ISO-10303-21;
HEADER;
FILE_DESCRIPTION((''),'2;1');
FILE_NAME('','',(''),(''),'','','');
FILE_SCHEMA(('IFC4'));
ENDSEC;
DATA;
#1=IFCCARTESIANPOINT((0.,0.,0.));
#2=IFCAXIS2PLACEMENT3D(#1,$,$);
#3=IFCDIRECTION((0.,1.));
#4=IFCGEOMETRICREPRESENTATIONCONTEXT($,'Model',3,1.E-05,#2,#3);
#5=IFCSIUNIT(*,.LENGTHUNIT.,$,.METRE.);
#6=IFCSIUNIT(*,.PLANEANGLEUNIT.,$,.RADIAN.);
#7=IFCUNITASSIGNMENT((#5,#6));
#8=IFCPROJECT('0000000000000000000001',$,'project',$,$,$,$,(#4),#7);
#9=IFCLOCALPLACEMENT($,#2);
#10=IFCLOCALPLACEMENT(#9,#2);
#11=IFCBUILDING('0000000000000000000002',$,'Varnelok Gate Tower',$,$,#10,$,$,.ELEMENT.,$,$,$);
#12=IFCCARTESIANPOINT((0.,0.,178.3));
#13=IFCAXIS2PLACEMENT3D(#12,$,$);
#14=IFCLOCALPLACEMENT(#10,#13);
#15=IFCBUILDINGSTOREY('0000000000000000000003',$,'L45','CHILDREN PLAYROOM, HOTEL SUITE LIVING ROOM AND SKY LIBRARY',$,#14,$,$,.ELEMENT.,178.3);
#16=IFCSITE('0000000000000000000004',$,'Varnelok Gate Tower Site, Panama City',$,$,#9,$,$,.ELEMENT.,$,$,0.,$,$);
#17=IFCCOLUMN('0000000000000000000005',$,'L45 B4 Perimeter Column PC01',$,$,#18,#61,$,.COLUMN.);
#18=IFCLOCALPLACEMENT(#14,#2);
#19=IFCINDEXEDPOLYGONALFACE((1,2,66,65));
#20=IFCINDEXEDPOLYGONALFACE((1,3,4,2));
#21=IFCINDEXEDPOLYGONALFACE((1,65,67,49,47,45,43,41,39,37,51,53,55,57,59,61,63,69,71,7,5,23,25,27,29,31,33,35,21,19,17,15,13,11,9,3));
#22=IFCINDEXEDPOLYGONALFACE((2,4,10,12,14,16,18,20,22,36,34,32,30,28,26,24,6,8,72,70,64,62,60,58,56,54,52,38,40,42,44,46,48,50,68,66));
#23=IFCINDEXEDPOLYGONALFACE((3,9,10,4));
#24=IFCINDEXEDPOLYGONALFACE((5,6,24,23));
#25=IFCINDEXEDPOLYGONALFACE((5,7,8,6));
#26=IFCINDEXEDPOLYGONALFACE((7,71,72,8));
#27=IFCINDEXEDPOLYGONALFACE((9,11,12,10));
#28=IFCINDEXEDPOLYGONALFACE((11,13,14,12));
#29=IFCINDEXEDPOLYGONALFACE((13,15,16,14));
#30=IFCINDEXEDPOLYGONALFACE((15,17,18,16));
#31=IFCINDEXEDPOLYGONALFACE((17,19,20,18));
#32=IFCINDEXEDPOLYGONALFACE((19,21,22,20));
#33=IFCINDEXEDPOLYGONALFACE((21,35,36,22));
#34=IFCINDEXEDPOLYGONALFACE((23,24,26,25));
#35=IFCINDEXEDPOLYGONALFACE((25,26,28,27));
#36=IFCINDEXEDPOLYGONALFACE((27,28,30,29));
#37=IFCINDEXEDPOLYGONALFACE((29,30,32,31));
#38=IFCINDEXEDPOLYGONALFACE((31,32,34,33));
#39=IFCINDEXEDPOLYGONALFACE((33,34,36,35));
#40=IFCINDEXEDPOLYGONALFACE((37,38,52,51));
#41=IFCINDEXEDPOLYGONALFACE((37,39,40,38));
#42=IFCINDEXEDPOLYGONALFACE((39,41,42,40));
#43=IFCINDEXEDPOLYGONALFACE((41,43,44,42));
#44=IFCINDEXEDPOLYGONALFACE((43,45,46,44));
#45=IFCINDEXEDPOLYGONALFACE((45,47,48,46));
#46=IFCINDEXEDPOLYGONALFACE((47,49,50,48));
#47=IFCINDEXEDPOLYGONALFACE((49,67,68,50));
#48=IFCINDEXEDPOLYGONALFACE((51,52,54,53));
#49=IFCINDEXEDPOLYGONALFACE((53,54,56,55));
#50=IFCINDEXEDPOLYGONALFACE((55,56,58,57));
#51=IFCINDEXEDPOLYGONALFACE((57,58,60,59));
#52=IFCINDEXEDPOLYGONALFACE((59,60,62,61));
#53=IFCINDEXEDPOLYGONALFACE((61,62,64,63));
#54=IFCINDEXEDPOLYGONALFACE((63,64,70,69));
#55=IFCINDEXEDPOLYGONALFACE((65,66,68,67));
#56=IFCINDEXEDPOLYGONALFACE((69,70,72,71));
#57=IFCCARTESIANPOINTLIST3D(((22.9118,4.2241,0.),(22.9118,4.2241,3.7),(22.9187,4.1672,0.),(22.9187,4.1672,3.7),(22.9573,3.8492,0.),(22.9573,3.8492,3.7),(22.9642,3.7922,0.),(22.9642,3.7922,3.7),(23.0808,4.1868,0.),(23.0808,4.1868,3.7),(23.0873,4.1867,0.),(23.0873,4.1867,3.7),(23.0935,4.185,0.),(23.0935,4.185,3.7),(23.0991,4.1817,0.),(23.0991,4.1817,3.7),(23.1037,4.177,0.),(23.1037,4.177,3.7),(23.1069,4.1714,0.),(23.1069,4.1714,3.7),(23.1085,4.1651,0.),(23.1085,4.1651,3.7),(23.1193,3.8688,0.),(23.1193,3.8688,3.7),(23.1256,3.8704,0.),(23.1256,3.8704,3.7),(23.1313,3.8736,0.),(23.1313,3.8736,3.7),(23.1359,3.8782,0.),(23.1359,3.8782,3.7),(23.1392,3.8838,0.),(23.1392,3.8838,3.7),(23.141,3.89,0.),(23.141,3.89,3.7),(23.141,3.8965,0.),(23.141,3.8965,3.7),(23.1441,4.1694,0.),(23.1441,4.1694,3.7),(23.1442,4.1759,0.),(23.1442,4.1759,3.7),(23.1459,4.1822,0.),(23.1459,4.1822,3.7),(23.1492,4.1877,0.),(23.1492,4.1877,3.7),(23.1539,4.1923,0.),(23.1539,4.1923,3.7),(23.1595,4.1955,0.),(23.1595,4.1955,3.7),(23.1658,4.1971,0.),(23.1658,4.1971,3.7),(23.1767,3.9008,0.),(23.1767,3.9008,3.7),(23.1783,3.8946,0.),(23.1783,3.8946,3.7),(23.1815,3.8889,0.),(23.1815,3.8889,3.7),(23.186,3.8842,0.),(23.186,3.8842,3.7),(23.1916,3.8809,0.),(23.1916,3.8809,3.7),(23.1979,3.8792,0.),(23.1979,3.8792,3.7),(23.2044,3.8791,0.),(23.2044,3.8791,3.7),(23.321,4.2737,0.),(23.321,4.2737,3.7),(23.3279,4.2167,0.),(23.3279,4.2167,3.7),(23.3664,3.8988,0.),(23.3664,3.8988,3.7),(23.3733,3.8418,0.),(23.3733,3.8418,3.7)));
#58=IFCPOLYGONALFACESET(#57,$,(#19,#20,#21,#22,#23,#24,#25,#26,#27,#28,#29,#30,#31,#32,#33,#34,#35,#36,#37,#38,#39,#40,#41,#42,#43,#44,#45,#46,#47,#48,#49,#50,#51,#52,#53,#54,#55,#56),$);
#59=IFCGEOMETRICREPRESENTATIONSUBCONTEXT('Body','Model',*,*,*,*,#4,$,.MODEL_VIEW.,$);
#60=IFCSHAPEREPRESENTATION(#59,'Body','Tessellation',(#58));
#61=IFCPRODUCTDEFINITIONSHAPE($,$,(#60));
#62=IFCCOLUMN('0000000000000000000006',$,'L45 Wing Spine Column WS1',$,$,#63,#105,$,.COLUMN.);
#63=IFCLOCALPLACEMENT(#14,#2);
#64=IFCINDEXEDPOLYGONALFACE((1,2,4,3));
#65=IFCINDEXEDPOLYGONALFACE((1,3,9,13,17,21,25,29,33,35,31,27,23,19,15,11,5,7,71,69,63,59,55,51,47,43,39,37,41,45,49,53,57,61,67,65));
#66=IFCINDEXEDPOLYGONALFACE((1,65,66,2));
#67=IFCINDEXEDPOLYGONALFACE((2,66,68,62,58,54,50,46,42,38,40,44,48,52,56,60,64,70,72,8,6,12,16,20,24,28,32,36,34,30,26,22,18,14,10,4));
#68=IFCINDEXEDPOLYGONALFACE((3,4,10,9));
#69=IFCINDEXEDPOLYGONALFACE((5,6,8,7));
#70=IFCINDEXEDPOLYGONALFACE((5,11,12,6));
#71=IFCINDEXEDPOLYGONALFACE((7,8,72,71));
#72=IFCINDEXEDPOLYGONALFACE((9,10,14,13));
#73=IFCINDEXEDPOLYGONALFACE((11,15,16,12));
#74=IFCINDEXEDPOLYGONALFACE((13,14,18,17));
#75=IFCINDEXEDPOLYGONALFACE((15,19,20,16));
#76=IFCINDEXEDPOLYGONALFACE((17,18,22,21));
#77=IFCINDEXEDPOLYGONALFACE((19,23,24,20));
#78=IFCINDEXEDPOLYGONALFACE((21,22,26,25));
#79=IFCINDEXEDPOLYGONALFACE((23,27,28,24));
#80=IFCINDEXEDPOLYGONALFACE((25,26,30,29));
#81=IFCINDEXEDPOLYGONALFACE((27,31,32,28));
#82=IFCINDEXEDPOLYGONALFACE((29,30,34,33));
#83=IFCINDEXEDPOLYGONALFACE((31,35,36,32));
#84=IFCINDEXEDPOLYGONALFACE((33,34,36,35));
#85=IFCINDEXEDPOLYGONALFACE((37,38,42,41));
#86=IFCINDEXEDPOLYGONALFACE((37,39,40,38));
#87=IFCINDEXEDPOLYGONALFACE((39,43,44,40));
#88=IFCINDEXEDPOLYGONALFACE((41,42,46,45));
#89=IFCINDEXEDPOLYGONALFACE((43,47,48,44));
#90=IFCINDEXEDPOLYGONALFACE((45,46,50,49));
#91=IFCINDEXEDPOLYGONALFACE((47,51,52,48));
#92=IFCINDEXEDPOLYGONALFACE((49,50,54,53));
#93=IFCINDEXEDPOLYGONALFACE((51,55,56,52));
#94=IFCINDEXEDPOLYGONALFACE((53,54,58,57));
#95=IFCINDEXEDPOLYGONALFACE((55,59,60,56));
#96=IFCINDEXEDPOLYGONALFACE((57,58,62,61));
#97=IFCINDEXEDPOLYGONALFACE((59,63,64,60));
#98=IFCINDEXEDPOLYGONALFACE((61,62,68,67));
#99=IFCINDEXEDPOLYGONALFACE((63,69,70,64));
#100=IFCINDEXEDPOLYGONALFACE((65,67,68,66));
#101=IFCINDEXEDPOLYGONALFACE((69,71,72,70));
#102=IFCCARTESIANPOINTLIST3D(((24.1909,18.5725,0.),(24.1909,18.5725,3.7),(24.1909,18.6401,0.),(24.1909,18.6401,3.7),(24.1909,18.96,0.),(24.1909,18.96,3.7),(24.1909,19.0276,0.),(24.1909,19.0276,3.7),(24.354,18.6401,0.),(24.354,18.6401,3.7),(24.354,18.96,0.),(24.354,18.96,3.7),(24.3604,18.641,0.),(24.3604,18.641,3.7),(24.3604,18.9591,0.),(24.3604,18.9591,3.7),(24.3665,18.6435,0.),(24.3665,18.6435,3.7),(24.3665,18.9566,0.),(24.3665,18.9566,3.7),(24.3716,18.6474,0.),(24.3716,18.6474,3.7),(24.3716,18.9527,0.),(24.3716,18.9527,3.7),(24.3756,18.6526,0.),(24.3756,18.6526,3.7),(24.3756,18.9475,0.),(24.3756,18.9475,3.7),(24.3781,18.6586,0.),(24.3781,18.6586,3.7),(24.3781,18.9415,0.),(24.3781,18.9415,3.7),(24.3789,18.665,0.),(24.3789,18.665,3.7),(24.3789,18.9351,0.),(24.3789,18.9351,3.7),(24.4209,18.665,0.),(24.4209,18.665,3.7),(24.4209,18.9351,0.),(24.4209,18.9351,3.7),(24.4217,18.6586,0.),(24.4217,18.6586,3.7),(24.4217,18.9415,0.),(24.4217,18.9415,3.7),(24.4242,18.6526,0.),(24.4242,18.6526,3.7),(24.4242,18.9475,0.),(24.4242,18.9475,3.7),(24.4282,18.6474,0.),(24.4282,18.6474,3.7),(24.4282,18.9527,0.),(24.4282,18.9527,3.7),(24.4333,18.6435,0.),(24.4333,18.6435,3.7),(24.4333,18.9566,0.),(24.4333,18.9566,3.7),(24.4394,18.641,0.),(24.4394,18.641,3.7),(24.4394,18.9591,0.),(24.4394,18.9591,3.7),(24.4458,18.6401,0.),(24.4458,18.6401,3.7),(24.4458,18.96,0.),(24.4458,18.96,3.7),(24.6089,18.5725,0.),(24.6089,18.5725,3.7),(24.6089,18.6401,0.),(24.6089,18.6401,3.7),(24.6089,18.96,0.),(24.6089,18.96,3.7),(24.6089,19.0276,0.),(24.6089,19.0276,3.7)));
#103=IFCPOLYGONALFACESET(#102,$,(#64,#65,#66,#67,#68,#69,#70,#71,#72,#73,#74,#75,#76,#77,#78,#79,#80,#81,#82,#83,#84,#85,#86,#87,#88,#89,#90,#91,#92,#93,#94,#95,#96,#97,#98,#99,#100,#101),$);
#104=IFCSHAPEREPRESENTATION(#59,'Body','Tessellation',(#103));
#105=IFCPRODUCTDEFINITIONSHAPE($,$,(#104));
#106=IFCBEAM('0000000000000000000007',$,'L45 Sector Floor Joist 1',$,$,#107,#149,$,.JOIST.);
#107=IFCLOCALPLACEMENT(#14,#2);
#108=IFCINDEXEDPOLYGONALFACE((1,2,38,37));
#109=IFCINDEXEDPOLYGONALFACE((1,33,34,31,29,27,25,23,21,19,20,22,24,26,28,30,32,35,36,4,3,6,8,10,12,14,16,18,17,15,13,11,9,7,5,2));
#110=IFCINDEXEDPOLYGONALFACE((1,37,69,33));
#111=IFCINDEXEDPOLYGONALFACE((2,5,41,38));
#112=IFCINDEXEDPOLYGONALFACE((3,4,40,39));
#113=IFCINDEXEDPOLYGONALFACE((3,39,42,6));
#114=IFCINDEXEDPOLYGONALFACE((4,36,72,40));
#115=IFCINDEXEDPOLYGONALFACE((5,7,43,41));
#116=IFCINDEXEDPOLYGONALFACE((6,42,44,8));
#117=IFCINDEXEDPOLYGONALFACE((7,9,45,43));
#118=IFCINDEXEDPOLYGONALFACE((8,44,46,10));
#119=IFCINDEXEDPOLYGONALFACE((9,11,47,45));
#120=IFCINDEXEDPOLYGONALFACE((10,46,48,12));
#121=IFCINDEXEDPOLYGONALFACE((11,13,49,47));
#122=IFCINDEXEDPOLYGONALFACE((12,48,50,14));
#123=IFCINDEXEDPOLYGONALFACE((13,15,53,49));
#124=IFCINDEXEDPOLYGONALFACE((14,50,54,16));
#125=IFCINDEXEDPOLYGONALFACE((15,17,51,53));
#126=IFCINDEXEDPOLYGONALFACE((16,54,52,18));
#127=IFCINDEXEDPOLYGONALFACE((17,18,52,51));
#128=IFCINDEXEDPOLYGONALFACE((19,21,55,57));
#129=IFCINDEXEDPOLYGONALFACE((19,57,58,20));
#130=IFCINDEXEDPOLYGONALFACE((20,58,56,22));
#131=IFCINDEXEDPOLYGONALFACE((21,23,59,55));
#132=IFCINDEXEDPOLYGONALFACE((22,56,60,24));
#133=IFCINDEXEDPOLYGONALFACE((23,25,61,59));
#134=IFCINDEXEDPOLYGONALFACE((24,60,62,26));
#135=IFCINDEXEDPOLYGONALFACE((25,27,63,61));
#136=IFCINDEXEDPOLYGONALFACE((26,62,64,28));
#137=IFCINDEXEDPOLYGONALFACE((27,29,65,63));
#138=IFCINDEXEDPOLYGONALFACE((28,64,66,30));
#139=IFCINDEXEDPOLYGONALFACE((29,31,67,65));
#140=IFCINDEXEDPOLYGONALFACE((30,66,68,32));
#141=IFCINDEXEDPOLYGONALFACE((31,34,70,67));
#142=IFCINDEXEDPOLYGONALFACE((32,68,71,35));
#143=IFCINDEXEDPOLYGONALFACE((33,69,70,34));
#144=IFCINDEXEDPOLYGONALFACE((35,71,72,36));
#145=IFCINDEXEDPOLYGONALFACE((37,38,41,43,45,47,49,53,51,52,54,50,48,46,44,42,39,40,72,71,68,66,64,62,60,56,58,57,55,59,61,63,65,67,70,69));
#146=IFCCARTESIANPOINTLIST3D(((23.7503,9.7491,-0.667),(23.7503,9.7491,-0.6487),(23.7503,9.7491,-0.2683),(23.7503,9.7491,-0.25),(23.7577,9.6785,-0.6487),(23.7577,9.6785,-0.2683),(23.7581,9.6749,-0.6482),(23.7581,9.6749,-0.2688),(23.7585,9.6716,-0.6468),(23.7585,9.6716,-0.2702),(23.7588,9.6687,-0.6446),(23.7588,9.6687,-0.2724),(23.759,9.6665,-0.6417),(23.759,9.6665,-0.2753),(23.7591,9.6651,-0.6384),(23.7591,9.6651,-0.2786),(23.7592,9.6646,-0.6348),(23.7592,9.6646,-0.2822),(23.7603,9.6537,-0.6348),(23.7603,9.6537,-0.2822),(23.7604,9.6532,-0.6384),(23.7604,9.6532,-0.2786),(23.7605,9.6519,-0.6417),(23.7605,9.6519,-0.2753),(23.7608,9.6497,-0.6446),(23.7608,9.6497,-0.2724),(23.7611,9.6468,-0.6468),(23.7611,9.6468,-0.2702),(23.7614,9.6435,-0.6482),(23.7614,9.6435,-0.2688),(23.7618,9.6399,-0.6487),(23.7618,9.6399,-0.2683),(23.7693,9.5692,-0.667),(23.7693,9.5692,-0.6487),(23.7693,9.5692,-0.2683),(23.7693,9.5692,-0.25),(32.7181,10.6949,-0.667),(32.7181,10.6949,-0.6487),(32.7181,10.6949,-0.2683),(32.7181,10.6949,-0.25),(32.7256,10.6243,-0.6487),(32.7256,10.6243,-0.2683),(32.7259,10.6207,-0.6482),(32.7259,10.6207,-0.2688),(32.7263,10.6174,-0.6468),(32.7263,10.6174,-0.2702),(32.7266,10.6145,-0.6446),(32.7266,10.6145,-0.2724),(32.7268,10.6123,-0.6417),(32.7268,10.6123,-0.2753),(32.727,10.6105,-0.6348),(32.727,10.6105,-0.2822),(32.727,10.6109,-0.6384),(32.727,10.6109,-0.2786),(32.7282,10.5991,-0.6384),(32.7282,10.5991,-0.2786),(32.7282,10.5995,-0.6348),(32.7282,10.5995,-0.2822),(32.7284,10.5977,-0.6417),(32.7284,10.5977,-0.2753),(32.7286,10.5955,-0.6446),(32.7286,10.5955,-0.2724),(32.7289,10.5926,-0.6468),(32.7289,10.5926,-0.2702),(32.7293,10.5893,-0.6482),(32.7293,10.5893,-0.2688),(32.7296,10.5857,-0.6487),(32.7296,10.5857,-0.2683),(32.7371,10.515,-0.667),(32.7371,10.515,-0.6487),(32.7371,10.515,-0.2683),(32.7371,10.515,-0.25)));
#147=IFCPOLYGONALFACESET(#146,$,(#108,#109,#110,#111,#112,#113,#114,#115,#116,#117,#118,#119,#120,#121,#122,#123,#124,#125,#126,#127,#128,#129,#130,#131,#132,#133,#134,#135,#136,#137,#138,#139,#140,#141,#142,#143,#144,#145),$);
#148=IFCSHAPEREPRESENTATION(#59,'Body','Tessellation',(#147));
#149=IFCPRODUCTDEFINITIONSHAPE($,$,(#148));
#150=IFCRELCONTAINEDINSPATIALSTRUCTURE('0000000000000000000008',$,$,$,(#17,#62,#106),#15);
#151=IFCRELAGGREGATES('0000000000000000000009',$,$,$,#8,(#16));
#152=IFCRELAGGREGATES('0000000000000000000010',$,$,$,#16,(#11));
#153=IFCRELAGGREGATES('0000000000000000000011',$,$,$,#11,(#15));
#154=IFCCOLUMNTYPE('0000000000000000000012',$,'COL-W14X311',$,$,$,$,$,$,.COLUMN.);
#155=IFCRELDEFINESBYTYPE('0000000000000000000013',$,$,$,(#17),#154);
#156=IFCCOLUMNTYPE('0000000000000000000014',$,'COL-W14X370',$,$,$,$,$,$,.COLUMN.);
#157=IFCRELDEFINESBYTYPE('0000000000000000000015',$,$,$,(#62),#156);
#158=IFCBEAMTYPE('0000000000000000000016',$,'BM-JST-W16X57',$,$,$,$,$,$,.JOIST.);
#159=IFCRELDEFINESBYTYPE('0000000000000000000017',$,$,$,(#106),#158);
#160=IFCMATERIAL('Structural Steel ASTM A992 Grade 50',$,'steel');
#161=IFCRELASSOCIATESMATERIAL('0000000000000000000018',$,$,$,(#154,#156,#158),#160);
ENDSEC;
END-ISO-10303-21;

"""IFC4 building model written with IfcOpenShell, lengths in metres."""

from ifc_helpers import new_model, si_unit, direction, frame, origin, origin_2d, place, context, subcontext, project, spatial, i_section, extrude, material, material_profile, profile_set, type_object, element, save


model = new_model("IFC4")

# Units and contexts
model_context = context("Model", 3, precision=1e-05, world=origin(), true_north=direction((0.0, 1.0)))
body_context = subcontext(model_context, "Body", "Model", "MODEL_VIEW")
ifc_project = project(units=[si_unit("LENGTHUNIT", "METRE"), si_unit("PLANEANGLEUNIT", "RADIAN")], contexts=[model_context])

# Site, building, storey
site_placement = place(None, origin())
site = spatial("IfcSite", under=ifc_project, at=site_placement, Name="Varnelok Gate Tower Site, Panama City", CompositionType="ELEMENT", RefElevation=0.0)
building_placement = place(site_placement, origin())
building = spatial("IfcBuilding", under=site, at=building_placement, Name="Varnelok Gate Tower", CompositionType="ELEMENT")
storey_placement = place(building_placement, frame((0.0, 0.0, 178.3)))
storey = spatial("IfcBuildingStorey", under=building, at=storey_placement, Name="L45", Description="CHILDREN PLAYROOM, HOTEL SUITE LIVING ROOM AND SKY LIBRARY", CompositionType="ELEMENT", Elevation=178.3)

# Columns
ifc_material_1 = material(Name="Structural Steel ASTM A992 Grade 50", Category="steel")
ifc_material_profile_1 = material_profile(ifc_material_1, i_section(OverallWidth=0.4121, OverallDepth=0.4351, WebThickness=0.0359, FlangeThickness=0.0574, FilletRadius=0.0249, at=origin_2d()), Name="W14X311")
ifc_profile_set_1 = profile_set([ifc_material_profile_1], Name="Structural Steel ASTM A992 Grade 50")
column_type_1 = type_object("IfcColumnType", Name="COL-W14X311", PredefinedType="COLUMN", material=ifc_profile_set_1)
column_1_placement = place(storey_placement, frame((23.1426, 4.033, 0.0), z_axis=(0.0, 0.0, 1.0), x_axis=(0.992732, 0.120345, 0.0)))
element("IfcColumn", 1, at=column_1_placement, inside=storey, type_object=column_type_1, Name="L45 B4 Perimeter Column PC01", PredefinedType="COLUMN", context=body_context, shape_type="SweptSolid", body=[
    extrude(i_section(OverallWidth=0.4121, OverallDepth=0.4351, WebThickness=0.0359, FlangeThickness=0.0574, FilletRadius=0.0249, at=origin_2d()), origin(), (0.0, 0.0, 1.0), 3.7),
])
ifc_material_profile_2 = material_profile(ifc_material_1, i_section(OverallWidth=0.418, OverallDepth=0.4551, WebThickness=0.042, FlangeThickness=0.0676, FilletRadius=0.0249, at=origin_2d()), Name="W14X370")
ifc_profile_set_2 = profile_set([ifc_material_profile_2], Name="Structural Steel ASTM A992 Grade 50")
column_type_2 = type_object("IfcColumnType", Name="COL-W14X370", PredefinedType="COLUMN", material=ifc_profile_set_2)
column_2_placement = place(storey_placement, frame((24.3999, 18.8, 0.0), z_axis=(0.0, 0.0, 1.0), x_axis=(1.0, 0.0, 0.0)))
element("IfcColumn", 2, at=column_2_placement, inside=storey, type_object=column_type_2, Name="L45 Wing Spine Column WS1", PredefinedType="COLUMN", context=body_context, shape_type="SweptSolid", body=[
    extrude(i_section(OverallWidth=0.418, OverallDepth=0.4551, WebThickness=0.042, FlangeThickness=0.0676, FilletRadius=0.0249, at=origin_2d()), origin(), (0.0, 0.0, 1.0), 3.7),
])

# Beam
ifc_material_profile_3 = material_profile(ifc_material_1, i_section(OverallWidth=0.1809, OverallDepth=0.417, WebThickness=0.011, FlangeThickness=0.0183, FilletRadius=0.0139, at=origin_2d()), Name="W16X57")
ifc_profile_set_3 = profile_set([ifc_material_profile_3], Name="Structural Steel ASTM A992 Grade 50")
beam_type_1 = type_object("IfcBeamType", Name="BM-JST-W16X57", PredefinedType="JOIST", material=ifc_profile_set_3)
beam_1_placement = place(storey_placement, frame((23.7598, 9.6592, -0.4585), z_axis=(0.994484, 0.104885, 0.0), x_axis=(-0.104885, 0.994484, 0.0)))
element("IfcBeam", 3, at=beam_1_placement, inside=storey, type_object=beam_type_1, Name="L45 Sector Floor Joist 1", PredefinedType="JOIST", context=body_context, shape_type="SweptSolid", body=[
    extrude(i_section(OverallWidth=0.1809, OverallDepth=0.417, WebThickness=0.011, FlangeThickness=0.0183, FilletRadius=0.0139, at=origin_2d()), origin(), (0.0, 0.0, 1.0), 9.0176),
])

save(model, "model.ifc")
